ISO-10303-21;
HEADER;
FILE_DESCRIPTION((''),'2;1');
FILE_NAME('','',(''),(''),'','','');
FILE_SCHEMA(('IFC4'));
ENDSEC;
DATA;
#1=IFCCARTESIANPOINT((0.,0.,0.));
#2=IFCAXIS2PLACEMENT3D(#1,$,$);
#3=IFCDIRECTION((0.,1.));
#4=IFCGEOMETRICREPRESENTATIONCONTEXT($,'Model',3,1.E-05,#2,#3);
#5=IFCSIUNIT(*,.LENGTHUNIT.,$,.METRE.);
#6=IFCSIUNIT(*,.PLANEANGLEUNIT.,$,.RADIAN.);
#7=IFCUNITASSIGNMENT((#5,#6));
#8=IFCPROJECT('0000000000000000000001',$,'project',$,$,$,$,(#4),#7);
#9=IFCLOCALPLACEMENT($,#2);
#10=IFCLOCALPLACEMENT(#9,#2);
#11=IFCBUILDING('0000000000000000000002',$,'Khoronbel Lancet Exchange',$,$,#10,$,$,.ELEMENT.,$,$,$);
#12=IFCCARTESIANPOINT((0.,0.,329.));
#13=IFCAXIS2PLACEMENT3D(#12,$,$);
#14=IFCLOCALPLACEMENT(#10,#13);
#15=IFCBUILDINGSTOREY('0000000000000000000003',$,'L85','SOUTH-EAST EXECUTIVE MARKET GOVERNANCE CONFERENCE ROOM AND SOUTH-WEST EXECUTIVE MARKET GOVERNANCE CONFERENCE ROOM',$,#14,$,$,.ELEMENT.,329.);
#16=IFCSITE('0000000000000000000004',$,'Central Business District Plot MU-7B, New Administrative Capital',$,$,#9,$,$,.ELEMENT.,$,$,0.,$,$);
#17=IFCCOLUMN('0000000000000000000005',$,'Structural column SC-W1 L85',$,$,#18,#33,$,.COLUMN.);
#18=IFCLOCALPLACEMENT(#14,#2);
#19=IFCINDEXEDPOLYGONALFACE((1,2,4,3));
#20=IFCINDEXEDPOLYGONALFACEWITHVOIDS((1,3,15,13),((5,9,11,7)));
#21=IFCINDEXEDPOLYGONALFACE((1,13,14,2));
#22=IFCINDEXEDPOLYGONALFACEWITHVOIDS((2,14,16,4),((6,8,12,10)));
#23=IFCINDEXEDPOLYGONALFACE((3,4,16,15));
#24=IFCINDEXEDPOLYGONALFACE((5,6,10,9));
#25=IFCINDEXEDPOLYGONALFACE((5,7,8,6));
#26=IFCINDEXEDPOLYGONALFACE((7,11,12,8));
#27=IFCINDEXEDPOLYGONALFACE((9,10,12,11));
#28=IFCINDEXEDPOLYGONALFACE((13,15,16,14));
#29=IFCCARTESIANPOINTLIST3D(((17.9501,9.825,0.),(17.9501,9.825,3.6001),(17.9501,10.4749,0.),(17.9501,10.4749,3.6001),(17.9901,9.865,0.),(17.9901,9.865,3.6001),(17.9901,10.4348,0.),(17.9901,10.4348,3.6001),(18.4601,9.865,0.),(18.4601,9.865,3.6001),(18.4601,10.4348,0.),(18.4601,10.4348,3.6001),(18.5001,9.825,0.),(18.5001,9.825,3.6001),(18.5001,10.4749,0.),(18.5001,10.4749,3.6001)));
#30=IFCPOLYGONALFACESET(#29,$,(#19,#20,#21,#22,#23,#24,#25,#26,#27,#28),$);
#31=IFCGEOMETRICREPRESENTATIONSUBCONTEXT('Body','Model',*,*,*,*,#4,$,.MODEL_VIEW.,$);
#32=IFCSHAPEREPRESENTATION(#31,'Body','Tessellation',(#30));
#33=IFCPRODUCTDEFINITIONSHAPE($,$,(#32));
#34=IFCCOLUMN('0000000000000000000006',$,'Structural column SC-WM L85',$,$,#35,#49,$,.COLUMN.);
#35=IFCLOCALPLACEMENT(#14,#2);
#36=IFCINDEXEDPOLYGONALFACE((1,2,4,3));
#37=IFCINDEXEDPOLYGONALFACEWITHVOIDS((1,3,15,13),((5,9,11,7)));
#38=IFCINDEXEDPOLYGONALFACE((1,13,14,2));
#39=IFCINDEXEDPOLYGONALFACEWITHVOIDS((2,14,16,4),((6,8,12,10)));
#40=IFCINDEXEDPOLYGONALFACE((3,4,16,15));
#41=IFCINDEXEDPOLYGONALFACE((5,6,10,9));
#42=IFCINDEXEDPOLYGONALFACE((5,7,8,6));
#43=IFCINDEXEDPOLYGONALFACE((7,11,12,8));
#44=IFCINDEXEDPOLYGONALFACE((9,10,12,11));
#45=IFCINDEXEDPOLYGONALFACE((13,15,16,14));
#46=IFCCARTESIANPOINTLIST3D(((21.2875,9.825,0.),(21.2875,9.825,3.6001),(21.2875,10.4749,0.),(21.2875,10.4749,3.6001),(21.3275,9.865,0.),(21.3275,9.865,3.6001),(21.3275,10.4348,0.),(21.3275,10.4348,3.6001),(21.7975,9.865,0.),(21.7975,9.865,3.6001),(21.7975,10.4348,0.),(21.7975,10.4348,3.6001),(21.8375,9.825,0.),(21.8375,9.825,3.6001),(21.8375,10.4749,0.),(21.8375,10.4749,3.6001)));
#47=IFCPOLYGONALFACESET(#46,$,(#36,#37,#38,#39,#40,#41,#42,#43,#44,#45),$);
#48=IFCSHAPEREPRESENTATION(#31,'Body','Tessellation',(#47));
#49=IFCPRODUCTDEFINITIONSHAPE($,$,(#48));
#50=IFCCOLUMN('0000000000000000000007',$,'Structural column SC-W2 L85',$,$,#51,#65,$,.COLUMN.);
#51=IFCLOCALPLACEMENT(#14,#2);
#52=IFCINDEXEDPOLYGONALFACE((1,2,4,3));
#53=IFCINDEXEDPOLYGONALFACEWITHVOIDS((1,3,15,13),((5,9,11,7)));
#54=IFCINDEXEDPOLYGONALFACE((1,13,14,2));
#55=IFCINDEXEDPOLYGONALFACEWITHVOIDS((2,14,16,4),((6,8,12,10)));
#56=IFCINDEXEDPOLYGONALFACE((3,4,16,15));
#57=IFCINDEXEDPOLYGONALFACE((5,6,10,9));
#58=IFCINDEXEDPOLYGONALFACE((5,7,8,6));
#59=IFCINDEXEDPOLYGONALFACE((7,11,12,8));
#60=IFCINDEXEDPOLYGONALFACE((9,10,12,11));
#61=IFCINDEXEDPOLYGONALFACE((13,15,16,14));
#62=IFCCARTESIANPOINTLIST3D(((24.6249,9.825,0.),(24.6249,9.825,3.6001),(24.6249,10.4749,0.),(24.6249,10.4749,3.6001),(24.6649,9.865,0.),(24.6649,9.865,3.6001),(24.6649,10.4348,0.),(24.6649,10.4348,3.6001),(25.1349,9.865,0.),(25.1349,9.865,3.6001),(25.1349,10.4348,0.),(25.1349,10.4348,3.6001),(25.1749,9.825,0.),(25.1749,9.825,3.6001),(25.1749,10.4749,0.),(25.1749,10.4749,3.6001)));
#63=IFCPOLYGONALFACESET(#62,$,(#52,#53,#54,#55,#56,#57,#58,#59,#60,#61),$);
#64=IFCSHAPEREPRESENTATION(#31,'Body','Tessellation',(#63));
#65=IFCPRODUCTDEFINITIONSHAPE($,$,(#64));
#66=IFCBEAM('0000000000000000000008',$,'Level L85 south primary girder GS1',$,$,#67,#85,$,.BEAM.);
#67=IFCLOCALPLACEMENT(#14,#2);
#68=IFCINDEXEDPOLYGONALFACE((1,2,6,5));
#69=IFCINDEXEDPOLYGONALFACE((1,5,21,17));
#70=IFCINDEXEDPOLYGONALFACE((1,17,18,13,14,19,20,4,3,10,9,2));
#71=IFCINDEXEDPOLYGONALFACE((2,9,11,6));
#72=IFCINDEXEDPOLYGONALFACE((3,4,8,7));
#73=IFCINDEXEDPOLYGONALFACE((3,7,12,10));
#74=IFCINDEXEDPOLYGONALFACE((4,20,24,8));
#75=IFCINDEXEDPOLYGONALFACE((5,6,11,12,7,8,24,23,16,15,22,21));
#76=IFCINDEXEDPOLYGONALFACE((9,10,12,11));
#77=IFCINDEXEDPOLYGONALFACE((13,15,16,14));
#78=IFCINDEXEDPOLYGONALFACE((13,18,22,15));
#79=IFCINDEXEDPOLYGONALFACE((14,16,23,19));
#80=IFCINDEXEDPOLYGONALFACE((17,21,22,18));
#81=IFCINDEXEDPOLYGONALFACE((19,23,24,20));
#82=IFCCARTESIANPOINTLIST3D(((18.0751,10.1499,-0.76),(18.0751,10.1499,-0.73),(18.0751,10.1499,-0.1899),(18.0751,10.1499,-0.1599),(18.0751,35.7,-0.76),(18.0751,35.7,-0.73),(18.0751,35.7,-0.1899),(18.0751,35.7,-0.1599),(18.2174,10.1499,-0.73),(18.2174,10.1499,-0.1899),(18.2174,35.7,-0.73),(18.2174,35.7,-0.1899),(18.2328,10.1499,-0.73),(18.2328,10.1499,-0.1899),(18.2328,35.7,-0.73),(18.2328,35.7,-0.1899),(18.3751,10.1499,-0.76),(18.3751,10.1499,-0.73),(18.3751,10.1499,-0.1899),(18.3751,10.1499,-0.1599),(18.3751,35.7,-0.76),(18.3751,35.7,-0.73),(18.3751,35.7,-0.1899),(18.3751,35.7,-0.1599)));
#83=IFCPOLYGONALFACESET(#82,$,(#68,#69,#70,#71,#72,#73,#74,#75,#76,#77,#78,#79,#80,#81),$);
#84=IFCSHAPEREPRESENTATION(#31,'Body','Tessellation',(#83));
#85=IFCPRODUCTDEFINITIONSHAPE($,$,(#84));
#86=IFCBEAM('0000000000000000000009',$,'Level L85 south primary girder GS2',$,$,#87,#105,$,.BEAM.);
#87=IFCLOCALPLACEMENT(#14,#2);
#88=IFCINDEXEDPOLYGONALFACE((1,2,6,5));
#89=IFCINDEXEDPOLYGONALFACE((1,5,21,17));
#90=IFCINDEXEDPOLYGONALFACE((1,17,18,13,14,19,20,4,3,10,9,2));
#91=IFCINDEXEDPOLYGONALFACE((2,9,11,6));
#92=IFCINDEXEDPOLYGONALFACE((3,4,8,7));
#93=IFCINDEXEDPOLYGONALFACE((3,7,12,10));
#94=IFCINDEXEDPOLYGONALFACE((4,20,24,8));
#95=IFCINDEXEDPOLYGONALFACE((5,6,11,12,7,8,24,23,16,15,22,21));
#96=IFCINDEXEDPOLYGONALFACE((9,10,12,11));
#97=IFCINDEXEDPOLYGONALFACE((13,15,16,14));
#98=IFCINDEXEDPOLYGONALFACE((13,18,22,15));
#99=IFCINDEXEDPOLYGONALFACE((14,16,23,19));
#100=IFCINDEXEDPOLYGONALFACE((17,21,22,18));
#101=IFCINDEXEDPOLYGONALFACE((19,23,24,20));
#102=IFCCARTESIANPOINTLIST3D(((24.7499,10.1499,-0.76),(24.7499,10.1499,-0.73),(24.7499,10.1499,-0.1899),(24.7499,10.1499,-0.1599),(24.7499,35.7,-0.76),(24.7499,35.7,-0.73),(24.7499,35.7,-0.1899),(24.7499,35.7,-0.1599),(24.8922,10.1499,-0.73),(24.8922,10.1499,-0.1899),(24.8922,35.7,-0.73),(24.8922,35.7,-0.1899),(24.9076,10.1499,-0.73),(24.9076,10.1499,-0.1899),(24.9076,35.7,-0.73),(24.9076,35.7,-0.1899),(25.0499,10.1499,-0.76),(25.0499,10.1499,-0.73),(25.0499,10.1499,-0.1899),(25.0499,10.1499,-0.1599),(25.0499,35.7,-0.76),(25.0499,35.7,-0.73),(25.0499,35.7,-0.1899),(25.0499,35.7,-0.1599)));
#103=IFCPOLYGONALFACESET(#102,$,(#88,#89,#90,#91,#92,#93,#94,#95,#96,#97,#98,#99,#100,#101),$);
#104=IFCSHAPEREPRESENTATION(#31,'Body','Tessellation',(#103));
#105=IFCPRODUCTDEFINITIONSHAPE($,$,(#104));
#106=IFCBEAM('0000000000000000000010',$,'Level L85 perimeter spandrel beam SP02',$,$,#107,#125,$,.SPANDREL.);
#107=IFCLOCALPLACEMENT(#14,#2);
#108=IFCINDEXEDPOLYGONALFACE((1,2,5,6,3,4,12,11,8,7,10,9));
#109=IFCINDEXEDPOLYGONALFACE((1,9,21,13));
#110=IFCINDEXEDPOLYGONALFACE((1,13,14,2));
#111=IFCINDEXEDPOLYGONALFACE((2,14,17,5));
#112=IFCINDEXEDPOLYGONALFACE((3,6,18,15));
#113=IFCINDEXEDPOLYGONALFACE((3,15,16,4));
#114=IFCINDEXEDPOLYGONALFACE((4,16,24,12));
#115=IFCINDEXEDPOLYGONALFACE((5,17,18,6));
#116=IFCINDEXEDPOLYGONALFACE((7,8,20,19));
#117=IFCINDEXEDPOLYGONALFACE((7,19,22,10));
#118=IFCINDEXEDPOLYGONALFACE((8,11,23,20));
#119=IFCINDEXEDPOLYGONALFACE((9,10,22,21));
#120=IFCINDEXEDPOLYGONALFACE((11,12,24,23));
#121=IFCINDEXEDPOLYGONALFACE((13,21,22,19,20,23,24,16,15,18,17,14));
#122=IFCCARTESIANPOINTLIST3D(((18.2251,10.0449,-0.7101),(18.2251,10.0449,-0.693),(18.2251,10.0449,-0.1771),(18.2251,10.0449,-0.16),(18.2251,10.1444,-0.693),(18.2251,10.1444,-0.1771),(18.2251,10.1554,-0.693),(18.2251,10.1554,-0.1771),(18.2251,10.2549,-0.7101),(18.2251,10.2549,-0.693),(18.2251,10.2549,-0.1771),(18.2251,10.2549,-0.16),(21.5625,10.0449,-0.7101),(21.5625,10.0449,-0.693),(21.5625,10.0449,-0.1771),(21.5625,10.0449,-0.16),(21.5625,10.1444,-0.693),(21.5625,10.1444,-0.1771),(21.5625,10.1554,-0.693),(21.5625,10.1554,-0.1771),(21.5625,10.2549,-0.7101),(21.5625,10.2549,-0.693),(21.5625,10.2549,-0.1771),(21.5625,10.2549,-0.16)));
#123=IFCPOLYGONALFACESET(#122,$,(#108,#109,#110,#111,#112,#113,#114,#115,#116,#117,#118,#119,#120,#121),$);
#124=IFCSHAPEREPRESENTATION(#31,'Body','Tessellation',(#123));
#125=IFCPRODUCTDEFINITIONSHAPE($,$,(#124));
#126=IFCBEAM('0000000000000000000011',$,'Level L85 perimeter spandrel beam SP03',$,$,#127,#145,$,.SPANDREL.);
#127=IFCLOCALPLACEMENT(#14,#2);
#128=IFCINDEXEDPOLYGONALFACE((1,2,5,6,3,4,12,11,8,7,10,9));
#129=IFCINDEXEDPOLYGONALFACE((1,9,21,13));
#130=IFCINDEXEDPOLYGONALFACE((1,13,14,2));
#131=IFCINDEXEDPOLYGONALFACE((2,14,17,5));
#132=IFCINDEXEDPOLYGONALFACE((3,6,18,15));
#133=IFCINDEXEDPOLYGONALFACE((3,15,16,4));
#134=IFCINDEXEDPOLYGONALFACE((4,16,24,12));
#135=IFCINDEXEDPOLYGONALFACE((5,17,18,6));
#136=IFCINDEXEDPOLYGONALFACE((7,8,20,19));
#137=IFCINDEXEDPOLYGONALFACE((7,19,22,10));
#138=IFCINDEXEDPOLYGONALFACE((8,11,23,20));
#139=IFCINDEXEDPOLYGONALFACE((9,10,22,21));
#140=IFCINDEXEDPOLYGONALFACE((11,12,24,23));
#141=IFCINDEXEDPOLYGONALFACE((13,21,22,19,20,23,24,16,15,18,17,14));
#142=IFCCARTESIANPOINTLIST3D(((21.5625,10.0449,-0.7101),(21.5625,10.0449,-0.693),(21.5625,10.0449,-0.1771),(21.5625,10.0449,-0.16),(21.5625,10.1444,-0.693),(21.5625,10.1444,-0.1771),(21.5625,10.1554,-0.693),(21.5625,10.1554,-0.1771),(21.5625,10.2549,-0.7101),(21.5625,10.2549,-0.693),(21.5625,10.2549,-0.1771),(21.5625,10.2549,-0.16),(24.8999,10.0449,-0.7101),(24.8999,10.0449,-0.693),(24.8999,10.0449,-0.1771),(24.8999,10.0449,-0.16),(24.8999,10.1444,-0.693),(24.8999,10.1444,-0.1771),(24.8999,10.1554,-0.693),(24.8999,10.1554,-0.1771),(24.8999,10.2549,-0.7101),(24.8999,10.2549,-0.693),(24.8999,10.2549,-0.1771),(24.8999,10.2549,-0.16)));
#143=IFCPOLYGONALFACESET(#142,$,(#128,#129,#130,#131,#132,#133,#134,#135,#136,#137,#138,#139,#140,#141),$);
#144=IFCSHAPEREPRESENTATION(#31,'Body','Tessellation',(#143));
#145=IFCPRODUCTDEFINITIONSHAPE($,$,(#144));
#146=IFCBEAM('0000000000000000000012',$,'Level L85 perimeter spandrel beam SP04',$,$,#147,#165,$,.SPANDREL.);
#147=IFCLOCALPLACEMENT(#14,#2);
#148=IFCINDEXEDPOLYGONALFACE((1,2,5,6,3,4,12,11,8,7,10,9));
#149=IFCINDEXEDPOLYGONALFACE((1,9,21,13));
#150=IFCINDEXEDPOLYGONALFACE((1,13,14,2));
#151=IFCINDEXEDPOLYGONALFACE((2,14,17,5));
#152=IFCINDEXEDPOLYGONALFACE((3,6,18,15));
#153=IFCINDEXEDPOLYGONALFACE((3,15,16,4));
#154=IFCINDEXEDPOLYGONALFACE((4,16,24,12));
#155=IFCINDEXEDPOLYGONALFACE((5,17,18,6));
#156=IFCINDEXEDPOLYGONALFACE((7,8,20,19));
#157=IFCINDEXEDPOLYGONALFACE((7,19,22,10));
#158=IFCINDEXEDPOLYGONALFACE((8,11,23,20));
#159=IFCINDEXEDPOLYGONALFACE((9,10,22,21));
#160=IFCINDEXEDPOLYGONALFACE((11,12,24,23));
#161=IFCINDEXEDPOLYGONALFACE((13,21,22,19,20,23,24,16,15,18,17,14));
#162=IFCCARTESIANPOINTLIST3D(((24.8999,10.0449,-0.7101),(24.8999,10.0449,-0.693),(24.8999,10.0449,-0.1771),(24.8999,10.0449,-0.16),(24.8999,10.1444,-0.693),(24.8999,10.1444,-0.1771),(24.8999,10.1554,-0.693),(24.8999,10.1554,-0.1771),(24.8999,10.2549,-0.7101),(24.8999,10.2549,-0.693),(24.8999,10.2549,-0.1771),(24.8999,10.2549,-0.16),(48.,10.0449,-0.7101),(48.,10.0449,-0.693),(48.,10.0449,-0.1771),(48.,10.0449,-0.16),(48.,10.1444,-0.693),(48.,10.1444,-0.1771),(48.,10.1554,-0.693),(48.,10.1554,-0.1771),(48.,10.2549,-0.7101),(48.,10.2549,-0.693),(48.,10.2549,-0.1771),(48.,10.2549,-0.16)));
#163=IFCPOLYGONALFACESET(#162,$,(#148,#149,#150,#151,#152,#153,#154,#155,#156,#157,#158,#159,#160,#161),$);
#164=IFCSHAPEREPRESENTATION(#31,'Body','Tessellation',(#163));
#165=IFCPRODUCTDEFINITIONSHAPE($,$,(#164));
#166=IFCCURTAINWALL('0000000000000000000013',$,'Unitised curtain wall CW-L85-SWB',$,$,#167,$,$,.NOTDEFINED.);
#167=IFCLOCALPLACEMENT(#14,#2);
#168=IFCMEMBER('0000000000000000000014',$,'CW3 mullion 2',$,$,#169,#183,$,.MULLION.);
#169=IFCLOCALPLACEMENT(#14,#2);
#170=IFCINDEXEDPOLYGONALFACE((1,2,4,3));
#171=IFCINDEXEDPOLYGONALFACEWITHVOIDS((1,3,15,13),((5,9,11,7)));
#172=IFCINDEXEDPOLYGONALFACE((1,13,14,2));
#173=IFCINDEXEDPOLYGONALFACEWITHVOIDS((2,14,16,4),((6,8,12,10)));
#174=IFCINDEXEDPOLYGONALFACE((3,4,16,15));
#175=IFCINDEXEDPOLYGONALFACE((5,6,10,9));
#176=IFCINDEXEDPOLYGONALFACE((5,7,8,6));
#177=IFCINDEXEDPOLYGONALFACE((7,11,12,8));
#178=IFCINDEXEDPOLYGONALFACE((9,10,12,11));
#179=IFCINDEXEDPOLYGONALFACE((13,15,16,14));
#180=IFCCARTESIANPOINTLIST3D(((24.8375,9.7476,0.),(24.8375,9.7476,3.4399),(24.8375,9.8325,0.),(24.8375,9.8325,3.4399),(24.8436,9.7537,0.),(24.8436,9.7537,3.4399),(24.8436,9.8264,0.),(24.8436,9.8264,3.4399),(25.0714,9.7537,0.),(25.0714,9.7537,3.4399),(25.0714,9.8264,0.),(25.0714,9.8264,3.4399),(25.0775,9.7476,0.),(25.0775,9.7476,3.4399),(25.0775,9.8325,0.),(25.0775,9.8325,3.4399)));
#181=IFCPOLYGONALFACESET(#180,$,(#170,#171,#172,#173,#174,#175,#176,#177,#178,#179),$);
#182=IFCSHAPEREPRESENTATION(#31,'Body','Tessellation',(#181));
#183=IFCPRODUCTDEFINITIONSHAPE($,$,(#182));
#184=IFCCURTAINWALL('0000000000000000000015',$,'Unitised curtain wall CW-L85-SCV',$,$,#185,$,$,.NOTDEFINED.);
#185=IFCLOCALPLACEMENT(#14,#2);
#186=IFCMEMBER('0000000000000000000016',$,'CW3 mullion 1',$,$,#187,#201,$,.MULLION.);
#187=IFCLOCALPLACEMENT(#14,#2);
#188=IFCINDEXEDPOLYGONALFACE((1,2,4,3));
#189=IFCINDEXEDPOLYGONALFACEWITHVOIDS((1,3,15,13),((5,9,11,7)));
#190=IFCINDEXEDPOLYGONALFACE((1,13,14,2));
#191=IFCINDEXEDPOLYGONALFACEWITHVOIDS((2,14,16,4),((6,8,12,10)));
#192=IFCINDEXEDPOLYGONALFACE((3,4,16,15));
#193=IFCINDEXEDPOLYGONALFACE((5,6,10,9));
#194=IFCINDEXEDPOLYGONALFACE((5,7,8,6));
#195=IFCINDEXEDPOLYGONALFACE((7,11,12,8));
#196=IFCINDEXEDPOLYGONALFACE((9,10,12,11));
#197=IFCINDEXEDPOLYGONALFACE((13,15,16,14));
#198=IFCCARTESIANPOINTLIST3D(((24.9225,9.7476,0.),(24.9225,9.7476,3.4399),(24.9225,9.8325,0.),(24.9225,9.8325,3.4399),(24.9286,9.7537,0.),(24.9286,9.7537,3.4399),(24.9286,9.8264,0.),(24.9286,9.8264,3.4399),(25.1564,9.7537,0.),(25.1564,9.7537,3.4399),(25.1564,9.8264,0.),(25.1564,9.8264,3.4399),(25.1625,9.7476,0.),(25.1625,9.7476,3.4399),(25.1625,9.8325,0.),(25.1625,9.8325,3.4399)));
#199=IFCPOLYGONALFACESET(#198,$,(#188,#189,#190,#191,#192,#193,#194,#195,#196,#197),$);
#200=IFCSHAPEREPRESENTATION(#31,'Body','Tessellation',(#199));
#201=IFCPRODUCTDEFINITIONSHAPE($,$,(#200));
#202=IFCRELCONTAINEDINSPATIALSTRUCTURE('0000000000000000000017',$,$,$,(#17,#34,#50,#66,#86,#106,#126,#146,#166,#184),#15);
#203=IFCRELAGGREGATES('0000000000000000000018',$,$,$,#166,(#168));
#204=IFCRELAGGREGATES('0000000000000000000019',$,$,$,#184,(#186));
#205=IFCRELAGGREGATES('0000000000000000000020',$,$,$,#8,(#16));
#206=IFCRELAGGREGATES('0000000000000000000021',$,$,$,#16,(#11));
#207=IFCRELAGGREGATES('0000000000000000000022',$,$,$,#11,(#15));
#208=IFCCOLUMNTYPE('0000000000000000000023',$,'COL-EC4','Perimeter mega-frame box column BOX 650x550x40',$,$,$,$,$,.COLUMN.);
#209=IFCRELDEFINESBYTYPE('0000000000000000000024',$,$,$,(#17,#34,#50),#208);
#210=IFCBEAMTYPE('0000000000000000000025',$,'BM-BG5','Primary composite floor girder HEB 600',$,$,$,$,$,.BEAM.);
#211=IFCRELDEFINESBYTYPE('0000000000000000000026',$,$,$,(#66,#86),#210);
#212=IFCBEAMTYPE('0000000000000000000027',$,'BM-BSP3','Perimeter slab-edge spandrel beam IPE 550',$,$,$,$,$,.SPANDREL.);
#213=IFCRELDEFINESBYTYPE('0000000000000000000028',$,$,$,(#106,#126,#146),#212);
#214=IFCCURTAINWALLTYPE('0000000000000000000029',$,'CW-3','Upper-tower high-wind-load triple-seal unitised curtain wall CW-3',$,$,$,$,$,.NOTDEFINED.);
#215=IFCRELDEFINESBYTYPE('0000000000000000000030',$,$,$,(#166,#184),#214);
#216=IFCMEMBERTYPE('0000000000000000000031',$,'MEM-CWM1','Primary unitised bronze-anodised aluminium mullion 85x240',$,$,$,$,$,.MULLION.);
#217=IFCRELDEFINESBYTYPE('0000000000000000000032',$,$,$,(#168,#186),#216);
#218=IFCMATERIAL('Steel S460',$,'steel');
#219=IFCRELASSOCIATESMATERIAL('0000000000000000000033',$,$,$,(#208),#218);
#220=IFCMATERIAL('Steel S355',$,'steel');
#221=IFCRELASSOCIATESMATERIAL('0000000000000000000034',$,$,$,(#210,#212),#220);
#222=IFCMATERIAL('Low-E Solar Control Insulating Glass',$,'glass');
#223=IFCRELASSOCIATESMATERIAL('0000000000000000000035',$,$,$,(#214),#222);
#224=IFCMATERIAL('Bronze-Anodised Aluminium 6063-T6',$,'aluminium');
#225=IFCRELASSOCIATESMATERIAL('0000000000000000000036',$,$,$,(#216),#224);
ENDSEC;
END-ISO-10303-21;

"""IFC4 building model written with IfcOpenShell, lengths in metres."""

from ifc_helpers import new_model, si_unit, direction, frame, origin, origin_2d, place, context, subcontext, project, spatial, hollow_rectangle, i_section, extrude, material, material_profile, profile_set, type_object, element, aggregate, save


model = new_model("IFC4")

# Units and contexts
model_context = context("Model", 3, precision=1e-05, world=origin(), true_north=direction((0.0, 1.0)))
body_context = subcontext(model_context, "Body", "Model", "MODEL_VIEW")
ifc_project = project(units=[si_unit("LENGTHUNIT", "METRE"), si_unit("PLANEANGLEUNIT", "RADIAN")], contexts=[model_context])

# Site, building, storey
site_placement = place(None, origin())
site = spatial("IfcSite", under=ifc_project, at=site_placement, Name="Central Business District Plot MU-7B, New Administrative Capital", CompositionType="ELEMENT", RefElevation=0.0)
building_placement = place(site_placement, origin())
building = spatial("IfcBuilding", under=site, at=building_placement, Name="Khoronbel Lancet Exchange", CompositionType="ELEMENT")
storey_placement = place(building_placement, frame((0.0, 0.0, 329.0)))
storey = spatial("IfcBuildingStorey", under=building, at=storey_placement, Name="L85", Description="SOUTH-EAST EXECUTIVE MARKET GOVERNANCE CONFERENCE ROOM AND SOUTH-WEST EXECUTIVE MARKET GOVERNANCE CONFERENCE ROOM", CompositionType="ELEMENT", Elevation=329.0)

# Columns
ifc_material_1 = material(Name="Steel S460", Category="steel")
ifc_material_profile_1 = material_profile(ifc_material_1, hollow_rectangle(XDim=0.55, YDim=0.6499, WallThickness=0.04, at=origin_2d()), Name="BOX 650x550x40")
ifc_profile_set_1 = profile_set([ifc_material_profile_1], Name="Steel S460")
column_type = type_object("IfcColumnType", Name="COL-EC4", Description="Perimeter mega-frame box column BOX 650x550x40", PredefinedType="COLUMN", material=ifc_profile_set_1)
for number, where, z_axis, x_axis, name in (
    (1, (18.2251, 10.1499, 0.0), (0.0, 0.0, 1.0), (1.0, 0.0, 0.0), "Structural column SC-W1 L85"),
    (2, (21.5625, 10.1499, 0.0), (0.0, 0.0, 1.0), (1.0, 0.0, 0.0), "Structural column SC-WM L85"),
    (3, (24.8999, 10.1499, 0.0), (0.0, 0.0, 1.0), (1.0, 0.0, 0.0), "Structural column SC-W2 L85"),
):
    element("IfcColumn", number, at=place(storey_placement, frame(where, z_axis=z_axis, x_axis=x_axis)), inside=storey, type_object=column_type, Name=name, PredefinedType="COLUMN", context=body_context, shape_type="SweptSolid", body=[
        extrude(hollow_rectangle(XDim=0.55, YDim=0.6499, WallThickness=0.04, at=origin_2d()), origin(), (0.0, 0.0, 1.0), 3.6001),
    ])

# Beams
ifc_material_2 = material(Name="Steel S355", Category="steel")
ifc_material_profile_2 = material_profile(ifc_material_2, i_section(OverallWidth=0.3, OverallDepth=0.6001, WebThickness=0.0154, FlangeThickness=0.03, at=origin_2d()), Name="HEB 600")
ifc_profile_set_2 = profile_set([ifc_material_profile_2], Name="Steel S355")
beam_type_1 = type_object("IfcBeamType", Name="BM-BG5", Description="Primary composite floor girder HEB 600", PredefinedType="BEAM", material=ifc_profile_set_2)
for number, where, z_axis, x_axis, name in (
    (4, (18.2251, 10.1499, -0.46), (0.0, 1.0, 0.0), (-1.0, 0.0, 0.0), "Level L85 south primary girder GS1"),
    (5, (24.8999, 10.1499, -0.46), (0.0, 1.0, 0.0), (-1.0, 0.0, 0.0), "Level L85 south primary girder GS2"),
):
    element("IfcBeam", number, at=place(storey_placement, frame(where, z_axis=z_axis, x_axis=x_axis)), inside=storey, type_object=beam_type_1, Name=name, PredefinedType="BEAM", context=body_context, shape_type="SweptSolid", body=[
        extrude(i_section(OverallWidth=0.3, OverallDepth=0.6001, WebThickness=0.0154, FlangeThickness=0.03, at=origin_2d()), origin(), (0.0, 0.0, 1.0), 25.55),
    ])
ifc_material_profile_3 = material_profile(ifc_material_2, i_section(OverallWidth=0.21, OverallDepth=0.55, WebThickness=0.011, FlangeThickness=0.0171, at=origin_2d()), Name="IPE 550")
ifc_profile_set_3 = profile_set([ifc_material_profile_3], Name="Steel S355")
beam_type_2 = type_object("IfcBeamType", Name="BM-BSP3", Description="Perimeter slab-edge spandrel beam IPE 550", PredefinedType="SPANDREL", material=ifc_profile_set_3)
for number, where, z_axis, x_axis, name in (
    (6, (18.2251, 10.1499, -0.4351), (1.0, 0.0, 0.0), (0.0, 1.0, 0.0), "Level L85 perimeter spandrel beam SP02"),
    (7, (21.5625, 10.1499, -0.4351), (1.0, 0.0, 0.0), (0.0, 1.0, 0.0), "Level L85 perimeter spandrel beam SP03"),
):
    element("IfcBeam", number, at=place(storey_placement, frame(where, z_axis=z_axis, x_axis=x_axis)), inside=storey, type_object=beam_type_2, Name=name, PredefinedType="SPANDREL", context=body_context, shape_type="SweptSolid", body=[
        extrude(i_section(OverallWidth=0.21, OverallDepth=0.55, WebThickness=0.011, FlangeThickness=0.0171, at=origin_2d()), origin(), (0.0, 0.0, 1.0), 3.3374),
    ])
beam_placement = place(storey_placement, frame((24.8999, 10.1499, -0.4351), z_axis=(1.0, 0.0, 0.0), x_axis=(0.0, 1.0, 0.0)))
element("IfcBeam", 8, at=beam_placement, inside=storey, type_object=beam_type_2, Name="Level L85 perimeter spandrel beam SP04", PredefinedType="SPANDREL", context=body_context, shape_type="SweptSolid", body=[
    extrude(i_section(OverallWidth=0.21, OverallDepth=0.55, WebThickness=0.011, FlangeThickness=0.0171, at=origin_2d()), origin(), (0.0, 0.0, 1.0), 23.1001),
])

# Curtain walls, members
ifc_material_3 = material(Name="Low-E Solar Control Insulating Glass", Category="glass")
curtain_wall_type = type_object("IfcCurtainWallType", Name="CW-3", Description="Upper-tower high-wind-load triple-seal unitised curtain wall CW-3", PredefinedType="NOTDEFINED", material=ifc_material_3)
curtain_wall_1_placement = place(storey_placement, origin())
curtain_wall_1 = element("IfcCurtainWall", 9, at=curtain_wall_1_placement, inside=storey, type_object=curtain_wall_type, Name="Unitised curtain wall CW-L85-SWB", PredefinedType="NOTDEFINED")
ifc_material_4 = material(Name="Bronze-Anodised Aluminium 6063-T6", Category="aluminium")
ifc_material_profile_4 = material_profile(ifc_material_4, hollow_rectangle(XDim=0.085, YDim=0.24, WallThickness=0.0061, at=origin_2d()), Name="ALU MULLION 85x240")
ifc_profile_set_4 = profile_set([ifc_material_profile_4], Name="Bronze-Anodised Aluminium 6063-T6")
member_type_1 = type_object("IfcMemberType", Name="MEM-CWM1", Description="Primary unitised bronze-anodised aluminium mullion 85x240", PredefinedType="MULLION", material=ifc_profile_set_4)
member_1_placement = place(storey_placement, frame((24.9575, 9.79, 0.0), z_axis=(0.0, 0.0, 1.0), x_axis=(0.0, 1.0, 0.0)))
member_1 = element("IfcMember", 10, at=member_1_placement, type_object=member_type_1, Name="CW3 mullion 2", PredefinedType="MULLION", context=body_context, shape_type="SweptSolid", body=[
    extrude(hollow_rectangle(XDim=0.085, YDim=0.24, WallThickness=0.0061, at=origin_2d()), origin(), (0.0, 0.0, 1.0), 3.4399),
])
curtain_wall_2_placement = place(storey_placement, origin())
curtain_wall_2 = element("IfcCurtainWall", 11, at=curtain_wall_2_placement, inside=storey, type_object=curtain_wall_type, Name="Unitised curtain wall CW-L85-SCV", PredefinedType="NOTDEFINED")
member_2_placement = place(storey_placement, frame((25.0425, 9.79, 0.0), z_axis=(0.0, 0.0, 1.0), x_axis=(0.0, 1.0, 0.0)))
member_2 = element("IfcMember", 12, at=member_2_placement, type_object=member_type_1, Name="CW3 mullion 1", PredefinedType="MULLION", context=body_context, shape_type="SweptSolid", body=[
    extrude(hollow_rectangle(XDim=0.085, YDim=0.24, WallThickness=0.0061, at=origin_2d()), origin(), (0.0, 0.0, 1.0), 3.4399),
])

aggregate(curtain_wall_1, [member_1])
aggregate(curtain_wall_2, [member_2])

save(model, "model.ifc")
